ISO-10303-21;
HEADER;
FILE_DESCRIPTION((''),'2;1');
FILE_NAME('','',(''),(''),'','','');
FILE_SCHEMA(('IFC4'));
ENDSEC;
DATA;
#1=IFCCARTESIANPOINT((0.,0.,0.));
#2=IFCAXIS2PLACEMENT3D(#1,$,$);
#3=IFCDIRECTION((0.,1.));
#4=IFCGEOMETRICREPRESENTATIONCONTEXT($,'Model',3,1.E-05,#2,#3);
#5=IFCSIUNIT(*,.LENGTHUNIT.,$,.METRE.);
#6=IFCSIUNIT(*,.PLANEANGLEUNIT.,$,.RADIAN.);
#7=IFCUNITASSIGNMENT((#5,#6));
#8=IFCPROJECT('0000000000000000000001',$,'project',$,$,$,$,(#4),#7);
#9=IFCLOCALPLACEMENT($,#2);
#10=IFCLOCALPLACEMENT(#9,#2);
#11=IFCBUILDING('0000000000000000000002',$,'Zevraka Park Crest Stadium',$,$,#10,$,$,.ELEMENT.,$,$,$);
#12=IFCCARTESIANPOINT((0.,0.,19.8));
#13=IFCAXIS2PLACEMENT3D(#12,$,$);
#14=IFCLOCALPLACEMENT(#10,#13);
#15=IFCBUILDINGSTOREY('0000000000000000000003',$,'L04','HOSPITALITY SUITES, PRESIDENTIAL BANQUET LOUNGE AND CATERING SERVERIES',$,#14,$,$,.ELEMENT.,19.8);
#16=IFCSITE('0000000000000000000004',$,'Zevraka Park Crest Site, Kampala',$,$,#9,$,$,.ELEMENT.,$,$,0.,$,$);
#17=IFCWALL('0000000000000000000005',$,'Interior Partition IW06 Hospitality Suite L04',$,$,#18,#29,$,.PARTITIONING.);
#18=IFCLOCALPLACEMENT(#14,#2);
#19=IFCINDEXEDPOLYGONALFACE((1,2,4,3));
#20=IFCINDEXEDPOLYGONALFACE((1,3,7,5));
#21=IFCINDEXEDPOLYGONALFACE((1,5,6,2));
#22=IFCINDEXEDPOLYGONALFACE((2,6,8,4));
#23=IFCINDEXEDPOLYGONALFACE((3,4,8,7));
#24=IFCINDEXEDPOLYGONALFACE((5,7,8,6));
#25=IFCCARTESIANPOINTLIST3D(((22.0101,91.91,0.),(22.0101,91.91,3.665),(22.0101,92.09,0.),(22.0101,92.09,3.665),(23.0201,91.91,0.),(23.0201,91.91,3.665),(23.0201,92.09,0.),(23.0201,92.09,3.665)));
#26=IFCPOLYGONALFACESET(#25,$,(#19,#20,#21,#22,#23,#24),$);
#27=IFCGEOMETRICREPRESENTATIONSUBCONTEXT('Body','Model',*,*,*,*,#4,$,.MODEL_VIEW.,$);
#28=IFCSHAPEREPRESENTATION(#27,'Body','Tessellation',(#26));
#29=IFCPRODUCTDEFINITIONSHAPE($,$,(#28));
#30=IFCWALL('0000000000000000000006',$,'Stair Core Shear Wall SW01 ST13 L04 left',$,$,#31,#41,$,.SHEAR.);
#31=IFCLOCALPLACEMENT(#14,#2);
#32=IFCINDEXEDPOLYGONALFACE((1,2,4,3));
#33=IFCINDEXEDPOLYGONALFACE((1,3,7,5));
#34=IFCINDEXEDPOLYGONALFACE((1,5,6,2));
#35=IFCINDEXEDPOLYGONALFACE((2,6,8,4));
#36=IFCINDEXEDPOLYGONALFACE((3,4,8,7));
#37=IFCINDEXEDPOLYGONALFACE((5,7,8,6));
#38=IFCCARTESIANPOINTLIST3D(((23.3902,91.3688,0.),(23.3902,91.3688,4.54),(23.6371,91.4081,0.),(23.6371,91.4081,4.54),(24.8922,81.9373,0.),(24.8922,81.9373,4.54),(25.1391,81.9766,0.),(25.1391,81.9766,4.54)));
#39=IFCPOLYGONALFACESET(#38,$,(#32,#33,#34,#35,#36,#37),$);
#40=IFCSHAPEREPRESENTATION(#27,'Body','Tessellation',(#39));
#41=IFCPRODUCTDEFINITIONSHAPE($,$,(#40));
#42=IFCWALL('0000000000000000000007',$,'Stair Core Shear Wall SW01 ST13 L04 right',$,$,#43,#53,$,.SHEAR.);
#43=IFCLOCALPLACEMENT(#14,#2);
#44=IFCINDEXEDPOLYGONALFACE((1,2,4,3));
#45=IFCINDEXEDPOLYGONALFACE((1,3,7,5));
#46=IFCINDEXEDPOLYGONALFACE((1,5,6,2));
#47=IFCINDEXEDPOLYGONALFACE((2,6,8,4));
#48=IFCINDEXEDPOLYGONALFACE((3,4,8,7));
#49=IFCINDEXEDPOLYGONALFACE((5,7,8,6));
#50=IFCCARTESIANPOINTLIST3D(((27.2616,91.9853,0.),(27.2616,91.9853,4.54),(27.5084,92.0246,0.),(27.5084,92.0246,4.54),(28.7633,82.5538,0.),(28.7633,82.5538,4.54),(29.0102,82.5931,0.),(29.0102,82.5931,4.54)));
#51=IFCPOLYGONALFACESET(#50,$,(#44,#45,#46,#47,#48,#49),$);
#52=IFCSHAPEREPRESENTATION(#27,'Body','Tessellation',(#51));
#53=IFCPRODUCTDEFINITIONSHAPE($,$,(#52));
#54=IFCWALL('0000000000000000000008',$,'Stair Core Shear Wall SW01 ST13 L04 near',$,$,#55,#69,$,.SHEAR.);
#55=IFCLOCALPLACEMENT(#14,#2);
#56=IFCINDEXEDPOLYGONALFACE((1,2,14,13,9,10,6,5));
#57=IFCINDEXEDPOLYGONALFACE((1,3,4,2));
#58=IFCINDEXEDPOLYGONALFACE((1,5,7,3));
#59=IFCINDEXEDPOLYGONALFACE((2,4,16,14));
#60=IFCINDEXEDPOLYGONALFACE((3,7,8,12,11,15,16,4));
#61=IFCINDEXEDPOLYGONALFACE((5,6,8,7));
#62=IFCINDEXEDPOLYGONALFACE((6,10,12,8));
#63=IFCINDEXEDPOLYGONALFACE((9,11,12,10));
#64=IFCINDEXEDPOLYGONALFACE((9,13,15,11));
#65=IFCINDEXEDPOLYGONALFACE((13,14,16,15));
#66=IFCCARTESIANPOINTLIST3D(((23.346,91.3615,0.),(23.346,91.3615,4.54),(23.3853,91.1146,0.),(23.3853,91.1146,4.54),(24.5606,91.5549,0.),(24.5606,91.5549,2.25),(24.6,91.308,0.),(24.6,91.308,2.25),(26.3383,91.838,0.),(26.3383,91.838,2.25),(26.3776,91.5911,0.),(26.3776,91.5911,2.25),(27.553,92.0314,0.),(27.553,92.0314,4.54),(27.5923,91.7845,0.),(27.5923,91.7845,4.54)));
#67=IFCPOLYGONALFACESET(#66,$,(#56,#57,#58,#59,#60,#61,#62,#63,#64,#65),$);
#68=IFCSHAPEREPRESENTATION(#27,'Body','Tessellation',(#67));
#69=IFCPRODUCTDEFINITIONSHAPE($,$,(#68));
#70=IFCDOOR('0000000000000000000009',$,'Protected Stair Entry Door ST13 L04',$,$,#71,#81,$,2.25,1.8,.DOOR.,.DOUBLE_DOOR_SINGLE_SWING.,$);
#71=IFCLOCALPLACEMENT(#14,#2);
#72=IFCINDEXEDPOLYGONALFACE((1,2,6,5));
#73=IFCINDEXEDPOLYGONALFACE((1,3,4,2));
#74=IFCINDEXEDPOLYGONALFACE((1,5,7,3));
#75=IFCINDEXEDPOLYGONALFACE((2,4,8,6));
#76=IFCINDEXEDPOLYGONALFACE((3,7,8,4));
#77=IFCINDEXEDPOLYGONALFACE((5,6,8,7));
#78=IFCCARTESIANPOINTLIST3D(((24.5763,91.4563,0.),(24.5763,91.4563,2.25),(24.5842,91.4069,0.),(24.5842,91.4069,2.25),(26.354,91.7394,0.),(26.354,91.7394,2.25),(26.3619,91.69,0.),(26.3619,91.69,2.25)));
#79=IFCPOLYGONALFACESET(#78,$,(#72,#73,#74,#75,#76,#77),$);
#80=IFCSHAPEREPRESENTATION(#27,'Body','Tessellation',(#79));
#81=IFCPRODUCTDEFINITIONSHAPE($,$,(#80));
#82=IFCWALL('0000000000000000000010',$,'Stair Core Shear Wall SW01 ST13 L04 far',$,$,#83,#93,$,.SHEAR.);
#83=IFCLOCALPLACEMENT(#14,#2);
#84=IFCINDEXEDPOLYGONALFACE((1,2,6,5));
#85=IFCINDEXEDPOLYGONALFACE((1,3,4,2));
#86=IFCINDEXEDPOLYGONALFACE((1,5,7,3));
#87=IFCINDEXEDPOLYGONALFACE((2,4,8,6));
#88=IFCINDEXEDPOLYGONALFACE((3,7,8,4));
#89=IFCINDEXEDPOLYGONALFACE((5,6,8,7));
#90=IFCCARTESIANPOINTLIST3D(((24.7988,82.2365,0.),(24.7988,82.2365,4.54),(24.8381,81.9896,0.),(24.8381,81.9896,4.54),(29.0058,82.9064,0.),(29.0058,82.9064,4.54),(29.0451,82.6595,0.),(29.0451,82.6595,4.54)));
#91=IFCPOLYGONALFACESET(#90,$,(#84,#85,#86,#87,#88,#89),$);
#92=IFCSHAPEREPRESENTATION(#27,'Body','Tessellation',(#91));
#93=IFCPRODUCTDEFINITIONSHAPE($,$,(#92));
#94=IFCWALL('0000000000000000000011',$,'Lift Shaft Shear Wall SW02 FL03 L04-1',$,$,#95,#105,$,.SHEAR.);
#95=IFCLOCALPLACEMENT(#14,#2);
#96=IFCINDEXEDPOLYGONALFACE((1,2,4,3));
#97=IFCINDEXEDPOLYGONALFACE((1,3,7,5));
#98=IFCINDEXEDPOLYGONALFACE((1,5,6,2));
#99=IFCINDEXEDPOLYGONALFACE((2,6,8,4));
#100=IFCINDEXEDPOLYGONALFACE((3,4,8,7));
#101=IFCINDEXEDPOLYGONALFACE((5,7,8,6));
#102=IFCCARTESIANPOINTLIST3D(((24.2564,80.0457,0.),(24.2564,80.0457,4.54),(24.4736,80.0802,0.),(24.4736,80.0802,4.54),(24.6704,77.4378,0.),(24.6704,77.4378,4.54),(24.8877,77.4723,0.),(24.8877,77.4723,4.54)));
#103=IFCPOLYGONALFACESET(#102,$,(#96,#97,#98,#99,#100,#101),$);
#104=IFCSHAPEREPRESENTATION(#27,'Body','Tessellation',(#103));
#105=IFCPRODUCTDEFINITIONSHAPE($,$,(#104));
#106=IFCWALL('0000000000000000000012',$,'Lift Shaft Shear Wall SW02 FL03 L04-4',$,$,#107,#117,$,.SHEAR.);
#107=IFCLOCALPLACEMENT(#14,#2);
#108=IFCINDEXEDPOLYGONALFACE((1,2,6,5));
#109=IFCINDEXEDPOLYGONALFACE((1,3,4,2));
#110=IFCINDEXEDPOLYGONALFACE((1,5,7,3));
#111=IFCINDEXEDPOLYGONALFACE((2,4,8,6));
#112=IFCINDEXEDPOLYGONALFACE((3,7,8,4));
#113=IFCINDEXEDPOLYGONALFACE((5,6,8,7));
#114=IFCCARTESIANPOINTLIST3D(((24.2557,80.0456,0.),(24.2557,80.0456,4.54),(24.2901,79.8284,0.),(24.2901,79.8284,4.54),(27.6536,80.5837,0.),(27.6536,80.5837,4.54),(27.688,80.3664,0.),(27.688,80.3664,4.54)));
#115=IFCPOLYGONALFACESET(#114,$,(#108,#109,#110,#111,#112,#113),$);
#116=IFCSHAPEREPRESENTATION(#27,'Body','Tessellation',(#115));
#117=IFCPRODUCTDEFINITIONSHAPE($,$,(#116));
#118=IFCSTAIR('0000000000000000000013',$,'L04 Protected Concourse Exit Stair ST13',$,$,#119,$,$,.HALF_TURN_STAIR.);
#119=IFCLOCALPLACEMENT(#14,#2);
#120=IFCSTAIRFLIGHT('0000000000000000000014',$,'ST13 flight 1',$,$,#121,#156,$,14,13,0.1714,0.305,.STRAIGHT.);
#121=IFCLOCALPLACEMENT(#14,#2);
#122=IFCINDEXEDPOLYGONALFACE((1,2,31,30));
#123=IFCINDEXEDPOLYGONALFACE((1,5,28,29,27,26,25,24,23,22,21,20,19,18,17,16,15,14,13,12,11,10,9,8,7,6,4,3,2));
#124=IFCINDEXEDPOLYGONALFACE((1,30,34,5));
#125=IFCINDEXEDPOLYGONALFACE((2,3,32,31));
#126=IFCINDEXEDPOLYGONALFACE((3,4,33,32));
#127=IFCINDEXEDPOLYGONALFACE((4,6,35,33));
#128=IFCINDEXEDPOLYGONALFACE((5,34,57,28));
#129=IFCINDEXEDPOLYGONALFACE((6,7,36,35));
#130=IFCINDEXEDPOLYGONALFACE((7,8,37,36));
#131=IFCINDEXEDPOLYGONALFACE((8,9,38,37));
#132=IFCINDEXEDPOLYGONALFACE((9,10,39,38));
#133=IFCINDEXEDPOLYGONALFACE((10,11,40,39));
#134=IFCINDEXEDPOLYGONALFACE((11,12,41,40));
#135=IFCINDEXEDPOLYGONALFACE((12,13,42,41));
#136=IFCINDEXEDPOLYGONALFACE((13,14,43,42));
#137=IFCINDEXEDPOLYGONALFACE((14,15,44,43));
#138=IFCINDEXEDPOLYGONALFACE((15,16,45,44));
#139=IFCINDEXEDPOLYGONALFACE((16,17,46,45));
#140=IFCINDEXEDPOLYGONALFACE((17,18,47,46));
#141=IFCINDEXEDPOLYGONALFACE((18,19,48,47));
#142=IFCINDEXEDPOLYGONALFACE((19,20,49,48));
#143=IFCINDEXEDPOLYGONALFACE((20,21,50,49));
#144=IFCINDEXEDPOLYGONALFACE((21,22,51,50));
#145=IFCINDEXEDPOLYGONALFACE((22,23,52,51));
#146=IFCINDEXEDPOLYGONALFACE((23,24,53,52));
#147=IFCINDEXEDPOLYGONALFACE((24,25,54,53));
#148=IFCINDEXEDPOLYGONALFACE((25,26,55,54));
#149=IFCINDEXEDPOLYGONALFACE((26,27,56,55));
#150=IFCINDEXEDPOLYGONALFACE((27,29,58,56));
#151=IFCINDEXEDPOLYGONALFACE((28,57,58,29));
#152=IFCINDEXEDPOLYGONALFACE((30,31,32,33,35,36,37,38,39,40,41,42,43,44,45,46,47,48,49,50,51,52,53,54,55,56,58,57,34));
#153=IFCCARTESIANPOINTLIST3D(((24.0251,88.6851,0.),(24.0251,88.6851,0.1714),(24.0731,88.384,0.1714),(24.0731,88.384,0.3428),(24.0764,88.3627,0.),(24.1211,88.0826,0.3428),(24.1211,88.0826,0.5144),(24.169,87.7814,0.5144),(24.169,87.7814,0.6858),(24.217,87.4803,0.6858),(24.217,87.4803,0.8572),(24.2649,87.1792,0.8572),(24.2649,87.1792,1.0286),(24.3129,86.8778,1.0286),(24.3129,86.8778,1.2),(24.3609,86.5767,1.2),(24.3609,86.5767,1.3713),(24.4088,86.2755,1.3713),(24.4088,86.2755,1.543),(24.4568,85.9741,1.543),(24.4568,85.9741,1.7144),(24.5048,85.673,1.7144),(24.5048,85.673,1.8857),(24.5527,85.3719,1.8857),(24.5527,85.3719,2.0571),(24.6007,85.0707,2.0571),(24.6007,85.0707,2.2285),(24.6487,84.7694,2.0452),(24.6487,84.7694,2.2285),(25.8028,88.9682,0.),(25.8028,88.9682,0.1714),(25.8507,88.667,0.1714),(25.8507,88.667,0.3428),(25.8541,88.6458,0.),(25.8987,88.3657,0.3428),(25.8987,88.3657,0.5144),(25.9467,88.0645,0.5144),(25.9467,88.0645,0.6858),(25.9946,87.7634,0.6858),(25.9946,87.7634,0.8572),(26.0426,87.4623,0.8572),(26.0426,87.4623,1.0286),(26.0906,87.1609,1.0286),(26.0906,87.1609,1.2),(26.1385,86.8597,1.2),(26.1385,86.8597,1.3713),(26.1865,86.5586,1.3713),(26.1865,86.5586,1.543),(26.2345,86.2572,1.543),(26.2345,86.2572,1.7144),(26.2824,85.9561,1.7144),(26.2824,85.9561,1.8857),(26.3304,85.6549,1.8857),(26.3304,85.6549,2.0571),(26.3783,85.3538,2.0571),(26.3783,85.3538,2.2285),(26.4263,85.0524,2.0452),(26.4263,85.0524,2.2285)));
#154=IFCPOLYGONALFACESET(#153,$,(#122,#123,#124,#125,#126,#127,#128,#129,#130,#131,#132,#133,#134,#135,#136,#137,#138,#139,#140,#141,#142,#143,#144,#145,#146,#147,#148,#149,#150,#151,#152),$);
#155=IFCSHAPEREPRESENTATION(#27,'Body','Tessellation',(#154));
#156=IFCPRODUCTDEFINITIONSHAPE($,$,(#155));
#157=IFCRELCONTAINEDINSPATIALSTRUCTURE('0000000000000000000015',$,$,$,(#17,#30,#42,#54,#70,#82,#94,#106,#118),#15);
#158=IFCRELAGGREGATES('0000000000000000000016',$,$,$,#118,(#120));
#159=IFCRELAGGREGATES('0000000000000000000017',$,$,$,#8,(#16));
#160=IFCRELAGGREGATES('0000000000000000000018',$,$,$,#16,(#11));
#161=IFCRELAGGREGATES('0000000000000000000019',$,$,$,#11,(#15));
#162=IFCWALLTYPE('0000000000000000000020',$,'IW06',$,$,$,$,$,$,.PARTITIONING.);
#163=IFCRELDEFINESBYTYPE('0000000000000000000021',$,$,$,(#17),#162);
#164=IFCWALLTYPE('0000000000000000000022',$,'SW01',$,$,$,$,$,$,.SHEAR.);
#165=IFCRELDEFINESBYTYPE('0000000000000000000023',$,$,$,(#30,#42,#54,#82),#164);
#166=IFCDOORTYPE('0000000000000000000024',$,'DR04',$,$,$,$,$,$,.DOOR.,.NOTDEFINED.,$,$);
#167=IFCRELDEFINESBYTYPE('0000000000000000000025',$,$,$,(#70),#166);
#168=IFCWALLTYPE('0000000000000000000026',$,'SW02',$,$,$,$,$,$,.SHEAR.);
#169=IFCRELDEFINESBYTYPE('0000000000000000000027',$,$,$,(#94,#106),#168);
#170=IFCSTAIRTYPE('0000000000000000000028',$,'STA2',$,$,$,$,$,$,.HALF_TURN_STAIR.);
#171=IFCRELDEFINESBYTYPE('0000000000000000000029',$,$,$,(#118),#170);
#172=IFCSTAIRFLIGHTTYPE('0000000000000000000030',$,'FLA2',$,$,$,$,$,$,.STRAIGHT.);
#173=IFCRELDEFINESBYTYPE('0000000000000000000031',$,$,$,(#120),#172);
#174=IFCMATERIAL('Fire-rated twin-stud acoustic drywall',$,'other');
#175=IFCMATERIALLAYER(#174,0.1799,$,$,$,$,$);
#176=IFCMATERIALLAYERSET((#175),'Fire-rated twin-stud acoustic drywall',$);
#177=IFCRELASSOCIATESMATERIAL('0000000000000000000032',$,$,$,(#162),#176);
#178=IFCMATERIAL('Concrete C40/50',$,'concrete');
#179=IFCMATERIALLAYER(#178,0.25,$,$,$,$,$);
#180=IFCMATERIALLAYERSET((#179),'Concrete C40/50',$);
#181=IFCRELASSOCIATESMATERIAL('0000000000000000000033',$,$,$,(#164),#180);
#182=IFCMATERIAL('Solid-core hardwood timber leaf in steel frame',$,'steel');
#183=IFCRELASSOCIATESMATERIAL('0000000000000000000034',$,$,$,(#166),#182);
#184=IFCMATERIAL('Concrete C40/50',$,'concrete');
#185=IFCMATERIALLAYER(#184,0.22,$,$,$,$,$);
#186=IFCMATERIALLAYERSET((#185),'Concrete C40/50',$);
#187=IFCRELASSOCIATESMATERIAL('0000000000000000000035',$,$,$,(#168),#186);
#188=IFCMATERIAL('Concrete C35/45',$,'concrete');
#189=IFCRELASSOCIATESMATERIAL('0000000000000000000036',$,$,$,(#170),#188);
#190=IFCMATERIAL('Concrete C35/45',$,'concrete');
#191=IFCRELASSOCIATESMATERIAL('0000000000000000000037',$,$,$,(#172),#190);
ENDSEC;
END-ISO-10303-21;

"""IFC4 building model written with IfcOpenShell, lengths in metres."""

from ifc_helpers import new_model, si_unit, direction, frame, frame_2d, origin, place, context, subcontext, project, spatial, polyline, rectangle, outline, extrude, material, layer, layer_set, type_object, element, fill, aggregate, save


model = new_model("IFC4")

# Units and contexts
model_context = context("Model", 3, precision=1e-05, world=origin(), true_north=direction((0.0, 1.0)))
body_context = subcontext(model_context, "Body", "Model", "MODEL_VIEW")
ifc_project = project(units=[si_unit("LENGTHUNIT", "METRE"), si_unit("PLANEANGLEUNIT", "RADIAN")], contexts=[model_context])

# Site, building, storey
site_placement = place(None, origin())
site = spatial("IfcSite", under=ifc_project, at=site_placement, Name="Zevraka Park Crest Site, Kampala", CompositionType="ELEMENT", RefElevation=0.0)
building_placement = place(site_placement, origin())
building = spatial("IfcBuilding", under=site, at=building_placement, Name="Zevraka Park Crest Stadium", CompositionType="ELEMENT")
storey_placement = place(building_placement, frame((0.0, 0.0, 19.8)))
storey = spatial("IfcBuildingStorey", under=building, at=storey_placement, Name="L04", Description="HOSPITALITY SUITES, PRESIDENTIAL BANQUET LOUNGE AND CATERING SERVERIES", CompositionType="ELEMENT", Elevation=19.8)

# Walls
ifc_material_1 = material(Name="Fire-rated twin-stud acoustic drywall", Category="other")
ifc_layer_1 = layer(ifc_material_1, 0.1799)
ifc_layer_set_1 = layer_set([ifc_layer_1], Name="Fire-rated twin-stud acoustic drywall")
wall_type_1 = type_object("IfcWallType", Name="IW06", PredefinedType="PARTITIONING", material=ifc_layer_set_1)
wall_1_placement = place(storey_placement, frame((23.02, 92.0, 0.0), z_axis=(0.0, 0.0, 1.0), x_axis=(-1.0, 0.0, 0.0)))
element("IfcWall", 1, at=wall_1_placement, inside=storey, type_object=wall_type_1, Name="Interior Partition IW06 Hospitality Suite L04", PredefinedType="PARTITIONING", context=body_context, shape_type="SweptSolid", body=[
    extrude(rectangle(XDim=1.01, YDim=0.1799, at=frame_2d((0.5049, 0.0))), origin(), (0.0, 0.0, 1.0), 3.665),
])
ifc_material_2 = material(Name="Concrete C40/50", Category="concrete")
ifc_layer_2 = layer(ifc_material_2, 0.25)
ifc_layer_set_2 = layer_set([ifc_layer_2], Name="Concrete C40/50")
wall_type_2 = type_object("IfcWallType", Name="SW01", PredefinedType="SHEAR", material=ifc_layer_set_2)
for number, where, z_axis, x_axis, name in (
    (2, (23.5137, 91.3884, 0.0), (0.0, 0.0, 1.0), (0.157269, -0.987556, 0.0), "Stair Core Shear Wall SW01 ST13 L04 left"),
    (3, (28.8867, 82.5735, 0.0), (0.0, 0.0, 1.0), (-0.157244, 0.98756, 0.0), "Stair Core Shear Wall SW01 ST13 L04 right"),
):
    element("IfcWall", number, at=place(storey_placement, frame(where, z_axis=z_axis, x_axis=x_axis)), inside=storey, type_object=wall_type_2, Name=name, PredefinedType="SHEAR", context=body_context, shape_type="SweptSolid", body=[
        extrude(rectangle(XDim=9.5503, YDim=0.25, at=frame_2d((4.7751, 0.0))), origin(), (0.0, 0.0, 1.0), 4.54),
    ])

# Wall, opening, door
wall_2_placement = place(storey_placement, frame((27.5725, 91.908, 0.0), z_axis=(0.0, 0.0, 1.0), x_axis=(-0.987558, -0.157257, 0.0)))
wall_2 = element("IfcWall", 4, at=wall_2_placement, inside=storey, type_object=wall_type_2, Name="Stair Core Shear Wall SW01 ST13 L04 near", PredefinedType="SHEAR", context=body_context, shape_type="SweptSolid", body=[
    extrude(rectangle(XDim=4.26, YDim=0.25, at=frame_2d((2.1299, 0.0))), origin(), (0.0, 0.0, 1.0), 4.54),
])
opening_placement = place(wall_2_placement, frame((1.23, 0.0, 0.0)))
opening = element("IfcOpeningElement", 5, at=opening_placement, cuts=wall_2, PredefinedType="OPENING", context=body_context, shape_type="SweptSolid", body=[
    extrude(rectangle(XDim=1.8, YDim=2.25, at=frame_2d((0.8999, 1.125))), frame((0.0, 0.135, 0.0), z_axis=(0.0, -1.0, 0.0), x_axis=(1.0, 0.0, 0.0)), (0.0, 0.0, 1.0), 0.27),
])
ifc_material_3 = material(Name="Solid-core hardwood timber leaf in steel frame", Category="steel")
door_type = type_object("IfcDoorType", Name="DR04", OperationType="NOTDEFINED", PredefinedType="DOOR", material=ifc_material_3)
door_placement = place(opening_placement, origin())
door = element("IfcDoor", 6, at=door_placement, inside=storey, type_object=door_type, Name="Protected Stair Entry Door ST13 L04", OperationType="DOUBLE_DOOR_SINGLE_SWING", OverallHeight=2.25, OverallWidth=1.8, PredefinedType="DOOR", context=body_context, shape_type="SweptSolid", body=[
    extrude(rectangle(XDim=1.8, YDim=2.25, at=frame_2d((0.8999, 1.125))), frame((0.0, 0.0249, 0.0), z_axis=(0.0, -1.0, 0.0), x_axis=(1.0, 0.0, 0.0)), (0.0, 0.0, 1.0), 0.05),
])
fill(opening, door)

# Walls
wall_3_placement = place(storey_placement, frame((24.8186, 82.113, 0.0), z_axis=(0.0, 0.0, 1.0), x_axis=(0.987558, 0.157257, 0.0)))
element("IfcWall", 7, at=wall_3_placement, inside=storey, type_object=wall_type_2, Name="Stair Core Shear Wall SW01 ST13 L04 far", PredefinedType="SHEAR", context=body_context, shape_type="SweptSolid", body=[
    extrude(rectangle(XDim=4.26, YDim=0.25, at=frame_2d((2.1299, 0.0))), origin(), (0.0, 0.0, 1.0), 4.54),
])
ifc_material_4 = material(Name="Concrete C40/50", Category="concrete")
ifc_layer_3 = layer(ifc_material_4, 0.22)
ifc_layer_set_3 = layer_set([ifc_layer_3], Name="Concrete C40/50")
wall_type_3 = type_object("IfcWallType", Name="SW02", PredefinedType="SHEAR", material=ifc_layer_set_3)
wall_4_placement = place(storey_placement, frame((24.365, 80.063, 0.0), z_axis=(0.0, 0.0, 1.0), x_axis=(0.156808, -0.987629, 0.0)))
element("IfcWall", 8, at=wall_4_placement, inside=storey, type_object=wall_type_3, Name="Lift Shaft Shear Wall SW02 FL03 L04-1", PredefinedType="SHEAR", context=body_context, shape_type="SweptSolid", body=[
    extrude(rectangle(XDim=2.6406, YDim=0.22, at=frame_2d((1.3203, 0.0))), origin(), (0.0, 0.0, 1.0), 4.54),
])
wall_5_placement = place(storey_placement, frame((27.6709, 80.4751, 0.0), z_axis=(0.0, 0.0, 1.0), x_axis=(-0.987693, -0.156407, 0.0)))
element("IfcWall", 9, at=wall_5_placement, inside=storey, type_object=wall_type_3, Name="Lift Shaft Shear Wall SW02 FL03 L04-4", PredefinedType="SHEAR", context=body_context, shape_type="SweptSolid", body=[
    extrude(rectangle(XDim=3.4402, YDim=0.22, at=frame_2d((1.7202, 0.0))), origin(), (0.0, 0.0, 1.0), 4.54),
])

# Stair, stair flight
ifc_material_5 = material(Name="Concrete C35/45", Category="concrete")
stair_type = type_object("IfcStairType", Name="STA2", PredefinedType="HALF_TURN_STAIR", material=ifc_material_5)
stair_placement = place(storey_placement, origin())
stair = element("IfcStair", 10, at=stair_placement, inside=storey, type_object=stair_type, Name="L04 Protected Concourse Exit Stair ST13", PredefinedType="HALF_TURN_STAIR")
ifc_material_6 = material(Name="Concrete C35/45", Category="concrete")
stair_flight_type = type_object("IfcStairFlightType", Name="FLA2", PredefinedType="STRAIGHT", material=ifc_material_6)
stair_flight_1_placement = place(storey_placement, frame((24.9141, 88.8267, 0.0), z_axis=(0.0, 0.0, 1.0), x_axis=(0.157262, -0.987557, 0.0)))
stair_flight_1 = element("IfcStairFlight", 11, at=stair_flight_1_placement, type_object=stair_flight_type, Name="ST13 flight 1", NumberOfRisers=14, NumberOfTreads=13, PredefinedType="STRAIGHT", RiserHeight=0.1714, TreadLength=0.305, context=body_context, shape_type="SweptSolid", body=[
    extrude(outline(polyline([(0.0, 0.0), (0.0, 0.1714), (0.3049, 0.1714), (0.3049, 0.3428), (0.6101, 0.3428), (0.6101, 0.5144), (0.915, 0.5144), (0.915, 0.6858), (1.22, 0.6858), (1.22, 0.8572), (1.5249, 0.8572), (1.5249, 1.0286), (1.8301, 1.0286), (1.8301, 1.2), (2.135, 1.2), (2.135, 1.3713), (2.4399, 1.3713), (2.4399, 1.543), (2.7451, 1.543), (2.7451, 1.7144), (3.05, 1.7144), (3.05, 1.8857), (3.355, 1.8857), (3.355, 2.0571), (3.6599, 2.0571), (3.6599, 2.2285), (3.9651, 2.2285), (3.9651, 2.3999), (3.9651, 2.0452), (0.3264, 0.0), (0.0, 0.0)])), frame((0.0, 0.8999, 0.0), z_axis=(0.0, -1.0, 0.0), x_axis=(1.0, 0.0, 0.0)), (0.0, 0.0, 1.0), 1.8),
])
aggregate(stair, [stair_flight_1])

save(model, "model.ifc")
